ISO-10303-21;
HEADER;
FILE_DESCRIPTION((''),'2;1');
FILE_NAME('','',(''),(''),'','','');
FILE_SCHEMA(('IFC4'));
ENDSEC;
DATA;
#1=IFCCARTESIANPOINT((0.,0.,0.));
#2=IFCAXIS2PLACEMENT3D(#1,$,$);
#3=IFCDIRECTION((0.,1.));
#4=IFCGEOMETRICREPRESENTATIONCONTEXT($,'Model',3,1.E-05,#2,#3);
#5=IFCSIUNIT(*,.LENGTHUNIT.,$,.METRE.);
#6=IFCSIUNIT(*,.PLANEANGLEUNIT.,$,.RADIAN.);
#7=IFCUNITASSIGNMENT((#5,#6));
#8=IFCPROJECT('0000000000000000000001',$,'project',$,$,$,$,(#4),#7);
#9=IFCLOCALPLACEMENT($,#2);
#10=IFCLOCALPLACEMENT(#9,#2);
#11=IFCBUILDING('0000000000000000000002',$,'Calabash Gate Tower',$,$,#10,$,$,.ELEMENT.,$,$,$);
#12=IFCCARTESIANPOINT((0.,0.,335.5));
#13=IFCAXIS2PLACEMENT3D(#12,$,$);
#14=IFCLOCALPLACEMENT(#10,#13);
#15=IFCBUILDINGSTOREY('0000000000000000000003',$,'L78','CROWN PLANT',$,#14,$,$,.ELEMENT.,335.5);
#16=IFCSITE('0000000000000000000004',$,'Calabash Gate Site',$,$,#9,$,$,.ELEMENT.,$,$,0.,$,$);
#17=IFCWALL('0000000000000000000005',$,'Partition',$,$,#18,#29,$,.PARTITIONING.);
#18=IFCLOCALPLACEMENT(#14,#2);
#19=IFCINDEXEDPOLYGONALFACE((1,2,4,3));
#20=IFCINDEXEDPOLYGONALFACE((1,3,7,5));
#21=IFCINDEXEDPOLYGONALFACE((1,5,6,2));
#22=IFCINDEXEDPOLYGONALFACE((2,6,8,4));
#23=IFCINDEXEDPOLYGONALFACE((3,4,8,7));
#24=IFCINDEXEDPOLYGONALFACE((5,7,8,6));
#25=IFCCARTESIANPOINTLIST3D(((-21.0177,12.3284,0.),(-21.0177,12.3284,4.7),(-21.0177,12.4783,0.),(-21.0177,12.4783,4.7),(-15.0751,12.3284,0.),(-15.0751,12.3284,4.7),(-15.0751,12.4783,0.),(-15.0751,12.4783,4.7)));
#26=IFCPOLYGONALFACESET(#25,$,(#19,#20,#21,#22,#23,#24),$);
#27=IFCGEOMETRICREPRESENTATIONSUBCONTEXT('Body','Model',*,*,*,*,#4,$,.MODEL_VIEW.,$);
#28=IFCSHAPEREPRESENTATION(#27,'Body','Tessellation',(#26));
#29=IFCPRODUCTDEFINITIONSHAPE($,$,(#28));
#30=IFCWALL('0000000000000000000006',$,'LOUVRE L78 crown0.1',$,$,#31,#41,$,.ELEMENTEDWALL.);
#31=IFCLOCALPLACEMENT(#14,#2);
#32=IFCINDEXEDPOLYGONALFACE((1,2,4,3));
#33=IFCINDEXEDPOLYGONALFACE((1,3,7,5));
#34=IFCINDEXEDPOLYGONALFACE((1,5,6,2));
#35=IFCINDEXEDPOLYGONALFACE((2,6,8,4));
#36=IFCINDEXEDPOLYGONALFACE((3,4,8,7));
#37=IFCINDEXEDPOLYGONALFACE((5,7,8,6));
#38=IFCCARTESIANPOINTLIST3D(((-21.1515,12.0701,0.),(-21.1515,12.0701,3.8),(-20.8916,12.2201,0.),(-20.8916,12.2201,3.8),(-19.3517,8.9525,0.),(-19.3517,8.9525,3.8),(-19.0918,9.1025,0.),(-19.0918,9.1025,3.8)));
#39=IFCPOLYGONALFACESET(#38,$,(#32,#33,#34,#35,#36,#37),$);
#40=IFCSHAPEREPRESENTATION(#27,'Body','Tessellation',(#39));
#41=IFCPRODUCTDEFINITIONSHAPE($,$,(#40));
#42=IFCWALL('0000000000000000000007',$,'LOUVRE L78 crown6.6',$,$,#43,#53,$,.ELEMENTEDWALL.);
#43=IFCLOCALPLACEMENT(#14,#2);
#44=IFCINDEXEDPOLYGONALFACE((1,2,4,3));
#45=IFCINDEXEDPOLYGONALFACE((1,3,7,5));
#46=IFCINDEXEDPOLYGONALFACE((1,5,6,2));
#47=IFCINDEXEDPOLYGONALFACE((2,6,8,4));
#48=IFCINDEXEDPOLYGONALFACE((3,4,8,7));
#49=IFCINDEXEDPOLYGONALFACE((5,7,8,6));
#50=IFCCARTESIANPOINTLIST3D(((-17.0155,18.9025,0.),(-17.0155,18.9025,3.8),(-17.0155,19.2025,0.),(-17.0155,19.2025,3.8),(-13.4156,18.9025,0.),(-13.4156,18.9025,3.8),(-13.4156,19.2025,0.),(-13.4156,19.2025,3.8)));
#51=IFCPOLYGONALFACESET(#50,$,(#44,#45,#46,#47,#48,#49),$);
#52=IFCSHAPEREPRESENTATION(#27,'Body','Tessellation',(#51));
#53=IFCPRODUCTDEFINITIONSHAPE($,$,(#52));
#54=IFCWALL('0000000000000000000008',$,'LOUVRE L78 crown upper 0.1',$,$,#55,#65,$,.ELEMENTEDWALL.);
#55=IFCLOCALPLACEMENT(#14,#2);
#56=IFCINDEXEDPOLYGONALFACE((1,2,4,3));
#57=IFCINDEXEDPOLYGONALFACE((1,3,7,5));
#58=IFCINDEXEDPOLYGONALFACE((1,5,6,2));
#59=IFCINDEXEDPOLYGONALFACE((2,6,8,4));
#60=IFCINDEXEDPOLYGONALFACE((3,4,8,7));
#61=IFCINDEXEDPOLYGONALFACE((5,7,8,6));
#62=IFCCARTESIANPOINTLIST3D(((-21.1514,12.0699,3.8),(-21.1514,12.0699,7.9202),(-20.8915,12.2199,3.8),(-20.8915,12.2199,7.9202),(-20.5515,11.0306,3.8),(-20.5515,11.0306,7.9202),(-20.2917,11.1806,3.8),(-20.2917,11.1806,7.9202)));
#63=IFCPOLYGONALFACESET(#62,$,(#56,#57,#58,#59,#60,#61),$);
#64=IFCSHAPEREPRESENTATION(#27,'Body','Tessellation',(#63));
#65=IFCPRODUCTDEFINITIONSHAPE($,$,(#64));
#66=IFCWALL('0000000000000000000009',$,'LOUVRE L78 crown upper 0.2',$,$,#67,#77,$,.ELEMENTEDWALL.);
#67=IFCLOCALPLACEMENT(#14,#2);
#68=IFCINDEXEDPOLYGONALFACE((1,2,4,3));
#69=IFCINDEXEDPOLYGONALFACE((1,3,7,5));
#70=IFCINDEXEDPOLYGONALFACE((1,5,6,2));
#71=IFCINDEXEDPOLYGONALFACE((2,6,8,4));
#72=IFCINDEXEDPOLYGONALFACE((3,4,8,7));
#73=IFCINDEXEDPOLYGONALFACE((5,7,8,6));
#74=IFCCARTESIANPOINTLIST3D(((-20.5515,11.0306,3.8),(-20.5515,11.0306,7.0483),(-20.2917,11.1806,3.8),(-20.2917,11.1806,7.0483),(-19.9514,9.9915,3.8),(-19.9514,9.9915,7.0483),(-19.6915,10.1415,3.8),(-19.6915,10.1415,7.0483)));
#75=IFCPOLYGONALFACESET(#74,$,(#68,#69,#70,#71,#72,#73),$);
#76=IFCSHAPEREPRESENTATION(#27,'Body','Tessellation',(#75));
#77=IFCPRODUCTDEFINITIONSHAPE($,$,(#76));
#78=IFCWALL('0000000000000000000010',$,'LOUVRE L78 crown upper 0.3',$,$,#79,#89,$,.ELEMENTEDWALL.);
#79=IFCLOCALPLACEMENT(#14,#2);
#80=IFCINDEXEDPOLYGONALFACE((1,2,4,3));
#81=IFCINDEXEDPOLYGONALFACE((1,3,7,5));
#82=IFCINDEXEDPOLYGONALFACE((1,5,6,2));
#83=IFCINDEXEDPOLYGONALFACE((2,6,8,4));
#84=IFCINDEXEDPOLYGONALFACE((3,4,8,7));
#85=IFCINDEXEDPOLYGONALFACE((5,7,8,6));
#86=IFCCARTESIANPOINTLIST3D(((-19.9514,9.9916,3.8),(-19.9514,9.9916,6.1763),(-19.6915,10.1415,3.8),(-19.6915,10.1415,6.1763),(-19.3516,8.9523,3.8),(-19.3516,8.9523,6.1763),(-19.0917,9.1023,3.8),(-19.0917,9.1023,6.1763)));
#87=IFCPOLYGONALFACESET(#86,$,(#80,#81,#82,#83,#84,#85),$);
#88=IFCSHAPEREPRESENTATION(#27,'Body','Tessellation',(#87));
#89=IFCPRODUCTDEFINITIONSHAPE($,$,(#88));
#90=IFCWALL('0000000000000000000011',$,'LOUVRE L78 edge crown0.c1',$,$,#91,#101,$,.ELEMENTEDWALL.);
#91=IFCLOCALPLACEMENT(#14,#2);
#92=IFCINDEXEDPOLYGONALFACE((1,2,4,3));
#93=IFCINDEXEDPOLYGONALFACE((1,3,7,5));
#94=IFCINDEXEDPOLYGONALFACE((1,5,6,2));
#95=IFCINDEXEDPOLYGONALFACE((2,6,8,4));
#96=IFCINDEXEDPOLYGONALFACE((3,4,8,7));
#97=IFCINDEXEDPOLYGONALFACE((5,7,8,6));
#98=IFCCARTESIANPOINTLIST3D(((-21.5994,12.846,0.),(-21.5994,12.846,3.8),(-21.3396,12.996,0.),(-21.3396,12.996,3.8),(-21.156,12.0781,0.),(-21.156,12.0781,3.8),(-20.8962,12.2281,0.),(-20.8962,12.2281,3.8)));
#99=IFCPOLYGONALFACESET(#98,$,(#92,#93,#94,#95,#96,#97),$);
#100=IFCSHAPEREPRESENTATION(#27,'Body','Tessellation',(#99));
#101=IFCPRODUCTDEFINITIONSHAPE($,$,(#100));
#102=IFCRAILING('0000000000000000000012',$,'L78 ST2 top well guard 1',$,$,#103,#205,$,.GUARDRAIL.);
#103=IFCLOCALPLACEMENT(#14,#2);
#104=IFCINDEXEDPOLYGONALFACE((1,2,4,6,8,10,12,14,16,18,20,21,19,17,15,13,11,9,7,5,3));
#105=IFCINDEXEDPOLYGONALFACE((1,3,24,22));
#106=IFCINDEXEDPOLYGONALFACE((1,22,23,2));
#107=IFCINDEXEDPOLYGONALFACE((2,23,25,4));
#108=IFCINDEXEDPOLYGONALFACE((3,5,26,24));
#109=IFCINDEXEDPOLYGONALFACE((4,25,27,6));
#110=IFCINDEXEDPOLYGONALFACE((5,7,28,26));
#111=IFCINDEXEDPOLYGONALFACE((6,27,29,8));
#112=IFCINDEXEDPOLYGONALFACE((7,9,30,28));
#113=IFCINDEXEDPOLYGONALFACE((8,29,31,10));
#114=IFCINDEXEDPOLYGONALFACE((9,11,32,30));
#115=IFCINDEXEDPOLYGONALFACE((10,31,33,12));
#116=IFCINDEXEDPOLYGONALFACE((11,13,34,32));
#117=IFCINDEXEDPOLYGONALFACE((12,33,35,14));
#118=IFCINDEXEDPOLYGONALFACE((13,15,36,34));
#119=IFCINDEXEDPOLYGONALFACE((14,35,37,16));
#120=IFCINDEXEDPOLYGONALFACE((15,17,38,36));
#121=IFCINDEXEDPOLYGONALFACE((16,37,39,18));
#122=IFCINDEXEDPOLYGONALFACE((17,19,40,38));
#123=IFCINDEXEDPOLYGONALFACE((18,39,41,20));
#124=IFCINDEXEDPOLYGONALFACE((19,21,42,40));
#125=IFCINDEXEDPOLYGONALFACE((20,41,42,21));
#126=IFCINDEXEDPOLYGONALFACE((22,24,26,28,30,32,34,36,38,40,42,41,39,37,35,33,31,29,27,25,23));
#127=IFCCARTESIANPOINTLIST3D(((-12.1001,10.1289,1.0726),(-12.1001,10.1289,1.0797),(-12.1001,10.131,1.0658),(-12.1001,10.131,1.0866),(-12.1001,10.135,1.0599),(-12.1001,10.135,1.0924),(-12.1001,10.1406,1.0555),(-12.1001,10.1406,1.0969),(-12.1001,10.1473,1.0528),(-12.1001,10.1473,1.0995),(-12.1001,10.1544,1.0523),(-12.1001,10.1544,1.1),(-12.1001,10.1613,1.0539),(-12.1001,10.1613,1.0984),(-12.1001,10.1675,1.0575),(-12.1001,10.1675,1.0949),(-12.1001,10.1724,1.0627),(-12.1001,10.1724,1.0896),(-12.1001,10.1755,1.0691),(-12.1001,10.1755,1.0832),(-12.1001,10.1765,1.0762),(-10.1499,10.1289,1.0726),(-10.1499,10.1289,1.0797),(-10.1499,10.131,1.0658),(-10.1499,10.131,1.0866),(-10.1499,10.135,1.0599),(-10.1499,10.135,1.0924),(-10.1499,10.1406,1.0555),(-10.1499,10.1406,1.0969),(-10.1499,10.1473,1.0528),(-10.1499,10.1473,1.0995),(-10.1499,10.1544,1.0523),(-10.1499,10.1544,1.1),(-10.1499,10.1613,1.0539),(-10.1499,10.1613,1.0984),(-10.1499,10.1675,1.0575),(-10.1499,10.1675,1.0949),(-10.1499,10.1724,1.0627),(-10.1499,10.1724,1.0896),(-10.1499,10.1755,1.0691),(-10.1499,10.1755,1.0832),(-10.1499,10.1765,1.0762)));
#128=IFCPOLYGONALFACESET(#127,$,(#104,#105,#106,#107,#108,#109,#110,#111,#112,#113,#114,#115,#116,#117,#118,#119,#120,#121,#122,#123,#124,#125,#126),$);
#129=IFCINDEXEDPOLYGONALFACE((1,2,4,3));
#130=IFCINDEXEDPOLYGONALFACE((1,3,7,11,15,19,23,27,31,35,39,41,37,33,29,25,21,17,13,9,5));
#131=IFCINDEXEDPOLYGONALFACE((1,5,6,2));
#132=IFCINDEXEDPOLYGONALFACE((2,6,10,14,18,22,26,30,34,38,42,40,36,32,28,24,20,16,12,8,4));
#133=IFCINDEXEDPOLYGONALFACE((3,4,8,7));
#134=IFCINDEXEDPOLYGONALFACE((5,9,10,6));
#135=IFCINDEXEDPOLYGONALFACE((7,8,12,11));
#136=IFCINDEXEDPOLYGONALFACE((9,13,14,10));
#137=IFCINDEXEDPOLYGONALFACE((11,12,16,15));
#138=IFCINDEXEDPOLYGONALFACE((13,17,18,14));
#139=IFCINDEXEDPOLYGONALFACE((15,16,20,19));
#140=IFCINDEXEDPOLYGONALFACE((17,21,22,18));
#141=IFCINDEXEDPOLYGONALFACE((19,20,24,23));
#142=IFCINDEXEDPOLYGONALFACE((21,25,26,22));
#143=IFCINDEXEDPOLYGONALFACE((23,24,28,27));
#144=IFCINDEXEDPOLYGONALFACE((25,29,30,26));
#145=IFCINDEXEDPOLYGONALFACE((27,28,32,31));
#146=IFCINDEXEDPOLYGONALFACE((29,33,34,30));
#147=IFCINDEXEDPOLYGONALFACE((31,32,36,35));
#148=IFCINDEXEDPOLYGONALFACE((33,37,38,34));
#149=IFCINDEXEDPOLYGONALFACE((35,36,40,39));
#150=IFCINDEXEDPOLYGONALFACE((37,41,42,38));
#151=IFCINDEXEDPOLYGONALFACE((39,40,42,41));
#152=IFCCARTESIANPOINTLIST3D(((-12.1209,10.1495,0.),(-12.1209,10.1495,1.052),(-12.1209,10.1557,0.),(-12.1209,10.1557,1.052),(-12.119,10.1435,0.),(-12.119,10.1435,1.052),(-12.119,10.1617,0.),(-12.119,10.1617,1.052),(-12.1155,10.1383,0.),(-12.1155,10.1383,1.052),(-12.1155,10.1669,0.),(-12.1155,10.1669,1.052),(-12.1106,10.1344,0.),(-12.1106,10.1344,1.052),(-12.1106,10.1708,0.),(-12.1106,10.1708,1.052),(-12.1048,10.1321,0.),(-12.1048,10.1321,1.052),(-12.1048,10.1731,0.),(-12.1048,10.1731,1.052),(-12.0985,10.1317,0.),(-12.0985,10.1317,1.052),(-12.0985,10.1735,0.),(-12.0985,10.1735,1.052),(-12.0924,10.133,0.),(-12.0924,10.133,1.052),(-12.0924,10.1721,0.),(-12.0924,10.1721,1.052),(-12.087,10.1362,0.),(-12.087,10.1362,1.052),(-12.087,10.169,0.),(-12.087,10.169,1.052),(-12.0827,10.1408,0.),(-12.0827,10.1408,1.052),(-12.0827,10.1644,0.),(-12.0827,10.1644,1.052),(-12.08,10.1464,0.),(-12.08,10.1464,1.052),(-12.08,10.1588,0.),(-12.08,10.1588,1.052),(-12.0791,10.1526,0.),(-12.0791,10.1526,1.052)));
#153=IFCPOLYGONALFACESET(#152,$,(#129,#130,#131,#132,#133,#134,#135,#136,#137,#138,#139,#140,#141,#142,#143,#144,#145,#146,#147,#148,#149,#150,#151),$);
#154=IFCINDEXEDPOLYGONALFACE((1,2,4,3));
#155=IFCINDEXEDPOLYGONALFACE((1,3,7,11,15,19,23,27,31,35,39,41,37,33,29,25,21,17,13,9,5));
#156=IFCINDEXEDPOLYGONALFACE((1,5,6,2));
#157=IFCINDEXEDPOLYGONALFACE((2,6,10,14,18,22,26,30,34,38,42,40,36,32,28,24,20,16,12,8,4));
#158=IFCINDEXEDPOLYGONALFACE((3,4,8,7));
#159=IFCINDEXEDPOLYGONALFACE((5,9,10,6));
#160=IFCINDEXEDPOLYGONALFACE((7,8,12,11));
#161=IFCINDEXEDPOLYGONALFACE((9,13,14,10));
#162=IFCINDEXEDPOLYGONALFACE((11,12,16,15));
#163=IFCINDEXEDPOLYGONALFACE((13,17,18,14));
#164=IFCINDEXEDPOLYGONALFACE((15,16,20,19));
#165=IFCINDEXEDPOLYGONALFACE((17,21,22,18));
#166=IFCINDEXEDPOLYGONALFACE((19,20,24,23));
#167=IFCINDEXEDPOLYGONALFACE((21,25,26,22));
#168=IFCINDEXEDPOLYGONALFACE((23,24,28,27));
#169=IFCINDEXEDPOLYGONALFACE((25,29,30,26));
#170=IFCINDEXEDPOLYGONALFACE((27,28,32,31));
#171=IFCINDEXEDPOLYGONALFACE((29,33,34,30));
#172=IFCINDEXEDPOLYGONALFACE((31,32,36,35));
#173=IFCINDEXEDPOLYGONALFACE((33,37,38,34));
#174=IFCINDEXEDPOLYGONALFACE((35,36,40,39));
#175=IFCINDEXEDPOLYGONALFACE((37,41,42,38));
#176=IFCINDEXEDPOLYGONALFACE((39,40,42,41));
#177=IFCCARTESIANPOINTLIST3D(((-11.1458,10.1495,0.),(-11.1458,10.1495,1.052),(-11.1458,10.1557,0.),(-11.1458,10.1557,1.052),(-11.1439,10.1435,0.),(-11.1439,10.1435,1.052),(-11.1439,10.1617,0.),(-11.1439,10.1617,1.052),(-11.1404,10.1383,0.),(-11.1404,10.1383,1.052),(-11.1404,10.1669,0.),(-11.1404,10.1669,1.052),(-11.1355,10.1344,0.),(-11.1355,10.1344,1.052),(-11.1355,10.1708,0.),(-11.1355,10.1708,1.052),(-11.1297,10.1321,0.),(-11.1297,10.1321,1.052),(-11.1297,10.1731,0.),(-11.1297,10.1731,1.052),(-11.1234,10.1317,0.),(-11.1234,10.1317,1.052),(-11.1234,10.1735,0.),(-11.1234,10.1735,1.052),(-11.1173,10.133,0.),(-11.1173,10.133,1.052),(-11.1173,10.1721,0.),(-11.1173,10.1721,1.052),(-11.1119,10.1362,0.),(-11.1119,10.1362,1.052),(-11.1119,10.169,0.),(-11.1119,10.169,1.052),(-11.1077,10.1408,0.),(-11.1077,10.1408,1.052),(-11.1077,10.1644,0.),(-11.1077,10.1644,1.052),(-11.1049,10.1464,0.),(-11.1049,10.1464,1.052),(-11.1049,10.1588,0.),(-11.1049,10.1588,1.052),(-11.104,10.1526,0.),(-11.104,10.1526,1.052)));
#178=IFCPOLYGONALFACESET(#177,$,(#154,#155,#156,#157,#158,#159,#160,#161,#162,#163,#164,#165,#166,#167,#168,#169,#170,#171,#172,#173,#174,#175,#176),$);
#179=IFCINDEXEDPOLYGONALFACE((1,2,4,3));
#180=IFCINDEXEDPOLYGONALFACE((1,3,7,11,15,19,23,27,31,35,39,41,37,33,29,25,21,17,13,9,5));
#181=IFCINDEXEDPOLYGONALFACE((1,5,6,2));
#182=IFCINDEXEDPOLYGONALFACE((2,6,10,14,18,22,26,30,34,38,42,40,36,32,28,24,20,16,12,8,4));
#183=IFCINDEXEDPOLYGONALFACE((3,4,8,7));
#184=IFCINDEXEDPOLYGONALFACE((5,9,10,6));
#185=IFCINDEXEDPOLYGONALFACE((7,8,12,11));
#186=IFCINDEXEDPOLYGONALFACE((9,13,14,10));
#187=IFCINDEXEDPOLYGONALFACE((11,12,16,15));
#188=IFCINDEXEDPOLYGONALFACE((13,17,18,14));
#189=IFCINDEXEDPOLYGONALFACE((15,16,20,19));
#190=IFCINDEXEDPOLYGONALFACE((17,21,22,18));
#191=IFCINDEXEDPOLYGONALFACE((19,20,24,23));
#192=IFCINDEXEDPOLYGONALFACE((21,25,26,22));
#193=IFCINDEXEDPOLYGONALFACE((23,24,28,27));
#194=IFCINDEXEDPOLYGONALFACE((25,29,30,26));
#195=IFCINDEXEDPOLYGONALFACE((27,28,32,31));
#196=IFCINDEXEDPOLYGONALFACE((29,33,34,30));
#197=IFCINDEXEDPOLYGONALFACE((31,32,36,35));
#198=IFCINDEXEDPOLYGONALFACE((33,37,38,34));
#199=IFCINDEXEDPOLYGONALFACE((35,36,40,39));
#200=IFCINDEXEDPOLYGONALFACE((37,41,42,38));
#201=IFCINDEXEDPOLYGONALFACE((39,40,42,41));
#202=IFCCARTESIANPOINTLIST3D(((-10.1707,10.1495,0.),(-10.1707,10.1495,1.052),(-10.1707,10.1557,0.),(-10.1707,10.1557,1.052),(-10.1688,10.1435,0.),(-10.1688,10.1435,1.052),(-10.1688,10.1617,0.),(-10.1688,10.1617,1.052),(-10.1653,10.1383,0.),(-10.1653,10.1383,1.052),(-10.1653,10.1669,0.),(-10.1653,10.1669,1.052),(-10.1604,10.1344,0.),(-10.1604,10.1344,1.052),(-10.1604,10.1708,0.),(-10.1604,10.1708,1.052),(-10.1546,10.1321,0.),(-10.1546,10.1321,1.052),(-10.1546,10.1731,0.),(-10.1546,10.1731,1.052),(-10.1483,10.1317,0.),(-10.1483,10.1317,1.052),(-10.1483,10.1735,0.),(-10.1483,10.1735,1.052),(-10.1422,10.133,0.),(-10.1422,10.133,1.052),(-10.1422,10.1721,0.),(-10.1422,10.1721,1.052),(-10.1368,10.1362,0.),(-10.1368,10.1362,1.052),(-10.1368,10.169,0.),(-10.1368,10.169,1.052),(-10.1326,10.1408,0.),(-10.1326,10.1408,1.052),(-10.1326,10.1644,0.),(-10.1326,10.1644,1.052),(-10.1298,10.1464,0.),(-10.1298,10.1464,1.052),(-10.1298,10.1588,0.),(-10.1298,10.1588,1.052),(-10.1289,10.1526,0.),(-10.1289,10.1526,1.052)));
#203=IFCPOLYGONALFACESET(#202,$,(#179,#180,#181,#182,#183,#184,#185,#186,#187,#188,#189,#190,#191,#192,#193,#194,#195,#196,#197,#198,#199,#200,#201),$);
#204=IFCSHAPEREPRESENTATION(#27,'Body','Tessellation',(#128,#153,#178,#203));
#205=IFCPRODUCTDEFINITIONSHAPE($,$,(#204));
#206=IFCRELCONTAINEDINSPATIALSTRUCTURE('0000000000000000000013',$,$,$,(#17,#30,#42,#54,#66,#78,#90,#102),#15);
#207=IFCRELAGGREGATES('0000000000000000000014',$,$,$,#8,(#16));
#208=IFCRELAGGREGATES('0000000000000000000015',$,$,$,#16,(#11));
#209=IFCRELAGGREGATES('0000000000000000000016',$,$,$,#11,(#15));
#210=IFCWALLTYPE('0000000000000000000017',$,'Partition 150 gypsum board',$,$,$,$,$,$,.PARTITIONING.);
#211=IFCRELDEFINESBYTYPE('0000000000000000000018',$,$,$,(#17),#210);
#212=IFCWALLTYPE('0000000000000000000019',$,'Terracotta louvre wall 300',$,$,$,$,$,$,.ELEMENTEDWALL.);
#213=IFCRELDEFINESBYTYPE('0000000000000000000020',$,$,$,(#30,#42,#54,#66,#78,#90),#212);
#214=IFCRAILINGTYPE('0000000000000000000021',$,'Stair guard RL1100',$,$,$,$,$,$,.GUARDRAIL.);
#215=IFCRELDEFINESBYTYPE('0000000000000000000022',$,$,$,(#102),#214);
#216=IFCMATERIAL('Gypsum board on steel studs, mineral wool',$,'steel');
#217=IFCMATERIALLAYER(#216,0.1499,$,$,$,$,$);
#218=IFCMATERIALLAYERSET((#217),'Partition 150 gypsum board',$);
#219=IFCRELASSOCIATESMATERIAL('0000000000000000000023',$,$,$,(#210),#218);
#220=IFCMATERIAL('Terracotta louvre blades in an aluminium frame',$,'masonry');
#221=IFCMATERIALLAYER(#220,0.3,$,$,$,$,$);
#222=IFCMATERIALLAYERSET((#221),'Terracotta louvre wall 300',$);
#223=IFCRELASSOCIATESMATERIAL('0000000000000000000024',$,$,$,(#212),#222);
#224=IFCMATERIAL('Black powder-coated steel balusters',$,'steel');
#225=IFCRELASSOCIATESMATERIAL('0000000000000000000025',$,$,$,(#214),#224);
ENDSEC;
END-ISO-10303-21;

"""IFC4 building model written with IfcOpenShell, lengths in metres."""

from ifc_helpers import new_model, si_unit, direction, frame, frame_2d, origin, origin_2d, place, context, subcontext, project, spatial, rectangle, circle, extrude, material, layer, layer_set, type_object, element, save


model = new_model("IFC4")

# Units and contexts
model_context = context("Model", 3, precision=1e-05, world=origin(), true_north=direction((0.0, 1.0)))
body_context = subcontext(model_context, "Body", "Model", "MODEL_VIEW")
ifc_project = project(units=[si_unit("LENGTHUNIT", "METRE"), si_unit("PLANEANGLEUNIT", "RADIAN")], contexts=[model_context])

# Site, building, storey
site_placement = place(None, origin())
site = spatial("IfcSite", under=ifc_project, at=site_placement, Name="Calabash Gate Site", CompositionType="ELEMENT", RefElevation=0.0)
building_placement = place(site_placement, origin())
building = spatial("IfcBuilding", under=site, at=building_placement, Name="Calabash Gate Tower", CompositionType="ELEMENT")
storey_placement = place(building_placement, frame((0.0, 0.0, 335.5)))
storey = spatial("IfcBuildingStorey", under=building, at=storey_placement, Name="L78", Description="CROWN PLANT", CompositionType="ELEMENT", Elevation=335.5)

# Walls
ifc_material_1 = material(Name="Gypsum board on steel studs, mineral wool", Category="steel")
ifc_layer_1 = layer(ifc_material_1, 0.1499)
ifc_layer_set_1 = layer_set([ifc_layer_1], Name="Partition 150 gypsum board")
wall_type_1 = type_object("IfcWallType", Name="Partition 150 gypsum board", PredefinedType="PARTITIONING", material=ifc_layer_set_1)
wall_1_placement = place(storey_placement, frame((-21.0176, 12.4033, 0.0), z_axis=(0.0, 0.0, 1.0), x_axis=(1.0, 0.0, 0.0)))
element("IfcWall", 1, at=wall_1_placement, inside=storey, type_object=wall_type_1, Name="Partition", PredefinedType="PARTITIONING", context=body_context, shape_type="SweptSolid", body=[
    extrude(rectangle(XDim=5.9426, YDim=0.1499, at=frame_2d((2.9712, 0.0))), origin(), (0.0, 0.0, 1.0), 4.7),
])
ifc_material_2 = material(Name="Terracotta louvre blades in an aluminium frame", Category="masonry")
ifc_layer_2 = layer(ifc_material_2, 0.3)
ifc_layer_set_2 = layer_set([ifc_layer_2], Name="Terracotta louvre wall 300")
wall_type_2 = type_object("IfcWallType", Name="Terracotta louvre wall 300", PredefinedType="ELEMENTEDWALL", material=ifc_layer_set_2)
for number, where, z_axis, x_axis, name in (
    (2, (-21.0215, 12.145, 0.0), (0.0, 0.0, 1.0), (0.499961, -0.866048, 0.0), "LOUVRE L78 crown0.1"),
    (3, (-13.4158, 19.0525, 0.0), (0.0, 0.0, 1.0), (-1.0, 0.0, 0.0), "LOUVRE L78 crown6.6"),
):
    element("IfcWall", number, at=place(storey_placement, frame(where, z_axis=z_axis, x_axis=x_axis)), inside=storey, type_object=wall_type_2, Name=name, PredefinedType="ELEMENTEDWALL", context=body_context, shape_type="SweptSolid", body=[
        extrude(rectangle(XDim=3.5999, YDim=0.3, at=frame_2d((1.7998, 0.0))), origin(), (0.0, 0.0, 1.0), 3.8),
    ])
wall_2_placement = place(storey_placement, frame((-21.0215, 12.145, 3.8), z_axis=(0.0, 0.0, 1.0), x_axis=(0.499881, -0.866094, 0.0)))
element("IfcWall", 4, at=wall_2_placement, inside=storey, type_object=wall_type_2, Name="LOUVRE L78 crown upper 0.1", PredefinedType="ELEMENTEDWALL", context=body_context, shape_type="SweptSolid", body=[
    extrude(rectangle(XDim=1.2, YDim=0.3, at=frame_2d((0.6001, 0.0))), origin(), (0.0, 0.0, 1.0), 4.1201),
])
wall_3_placement = place(storey_placement, frame((-20.4216, 11.1057, 3.8), z_axis=(0.0, 0.0, 1.0), x_axis=(0.500122, -0.865955, 0.0)))
element("IfcWall", 5, at=wall_3_placement, inside=storey, type_object=wall_type_2, Name="LOUVRE L78 crown upper 0.2", PredefinedType="ELEMENTEDWALL", context=body_context, shape_type="SweptSolid", body=[
    extrude(rectangle(XDim=1.2, YDim=0.3, at=frame_2d((0.6001, 0.0))), origin(), (0.0, 0.0, 1.0), 3.2483),
])
wall_4_placement = place(storey_placement, frame((-19.8215, 10.0667, 3.8), z_axis=(0.0, 0.0, 1.0), x_axis=(0.499881, -0.866094, 0.0)))
element("IfcWall", 6, at=wall_4_placement, inside=storey, type_object=wall_type_2, Name="LOUVRE L78 crown upper 0.3", PredefinedType="ELEMENTEDWALL", context=body_context, shape_type="SweptSolid", body=[
    extrude(rectangle(XDim=1.2, YDim=0.3, at=frame_2d((0.6001, 0.0))), origin(), (0.0, 0.0, 1.0), 2.3762),
])
wall_5_placement = place(storey_placement, frame((-21.0261, 12.1531, 0.0), z_axis=(0.0, 0.0, 1.0), x_axis=(-0.500048, 0.865998, 0.0)))
element("IfcWall", 7, at=wall_5_placement, inside=storey, type_object=wall_type_2, Name="LOUVRE L78 edge crown0.c1", PredefinedType="ELEMENTEDWALL", context=body_context, shape_type="SweptSolid", body=[
    extrude(rectangle(XDim=0.8867, YDim=0.3, at=frame_2d((0.4434, 0.0))), origin(), (0.0, 0.0, 1.0), 3.8),
])

# Railing
ifc_material_3 = material(Name="Black powder-coated steel balusters", Category="steel")
railing_type = type_object("IfcRailingType", Name="Stair guard RL1100", PredefinedType="GUARDRAIL", material=ifc_material_3)
railing_placement = place(storey_placement, frame((-12.1001, 10.1526, 0.0)))
element("IfcRailing", 8, at=railing_placement, inside=storey, type_object=railing_type, Name="L78 ST2 top well guard 1", PredefinedType="GUARDRAIL", context=body_context, shape_type="SweptSolid", body=[
    extrude(circle(Radius=0.0239, at=origin_2d()), frame((0.0, 0.0, 1.0762), z_axis=(1.0, 0.0, 0.0), x_axis=(0.0, 1.0, 0.0)), (0.0, 0.0, 1.0), 1.9502),
    extrude(circle(Radius=0.021, at=origin_2d()), origin(), (0.0, 0.0, 1.0), 1.052),
    extrude(circle(Radius=0.021, at=origin_2d()), frame((0.9751, 0.0, 0.0)), (0.0, 0.0, 1.0), 1.052),
    extrude(circle(Radius=0.021, at=origin_2d()), frame((1.9502, 0.0, 0.0)), (0.0, 0.0, 1.0), 1.052),
])

save(model, "model.ifc")
